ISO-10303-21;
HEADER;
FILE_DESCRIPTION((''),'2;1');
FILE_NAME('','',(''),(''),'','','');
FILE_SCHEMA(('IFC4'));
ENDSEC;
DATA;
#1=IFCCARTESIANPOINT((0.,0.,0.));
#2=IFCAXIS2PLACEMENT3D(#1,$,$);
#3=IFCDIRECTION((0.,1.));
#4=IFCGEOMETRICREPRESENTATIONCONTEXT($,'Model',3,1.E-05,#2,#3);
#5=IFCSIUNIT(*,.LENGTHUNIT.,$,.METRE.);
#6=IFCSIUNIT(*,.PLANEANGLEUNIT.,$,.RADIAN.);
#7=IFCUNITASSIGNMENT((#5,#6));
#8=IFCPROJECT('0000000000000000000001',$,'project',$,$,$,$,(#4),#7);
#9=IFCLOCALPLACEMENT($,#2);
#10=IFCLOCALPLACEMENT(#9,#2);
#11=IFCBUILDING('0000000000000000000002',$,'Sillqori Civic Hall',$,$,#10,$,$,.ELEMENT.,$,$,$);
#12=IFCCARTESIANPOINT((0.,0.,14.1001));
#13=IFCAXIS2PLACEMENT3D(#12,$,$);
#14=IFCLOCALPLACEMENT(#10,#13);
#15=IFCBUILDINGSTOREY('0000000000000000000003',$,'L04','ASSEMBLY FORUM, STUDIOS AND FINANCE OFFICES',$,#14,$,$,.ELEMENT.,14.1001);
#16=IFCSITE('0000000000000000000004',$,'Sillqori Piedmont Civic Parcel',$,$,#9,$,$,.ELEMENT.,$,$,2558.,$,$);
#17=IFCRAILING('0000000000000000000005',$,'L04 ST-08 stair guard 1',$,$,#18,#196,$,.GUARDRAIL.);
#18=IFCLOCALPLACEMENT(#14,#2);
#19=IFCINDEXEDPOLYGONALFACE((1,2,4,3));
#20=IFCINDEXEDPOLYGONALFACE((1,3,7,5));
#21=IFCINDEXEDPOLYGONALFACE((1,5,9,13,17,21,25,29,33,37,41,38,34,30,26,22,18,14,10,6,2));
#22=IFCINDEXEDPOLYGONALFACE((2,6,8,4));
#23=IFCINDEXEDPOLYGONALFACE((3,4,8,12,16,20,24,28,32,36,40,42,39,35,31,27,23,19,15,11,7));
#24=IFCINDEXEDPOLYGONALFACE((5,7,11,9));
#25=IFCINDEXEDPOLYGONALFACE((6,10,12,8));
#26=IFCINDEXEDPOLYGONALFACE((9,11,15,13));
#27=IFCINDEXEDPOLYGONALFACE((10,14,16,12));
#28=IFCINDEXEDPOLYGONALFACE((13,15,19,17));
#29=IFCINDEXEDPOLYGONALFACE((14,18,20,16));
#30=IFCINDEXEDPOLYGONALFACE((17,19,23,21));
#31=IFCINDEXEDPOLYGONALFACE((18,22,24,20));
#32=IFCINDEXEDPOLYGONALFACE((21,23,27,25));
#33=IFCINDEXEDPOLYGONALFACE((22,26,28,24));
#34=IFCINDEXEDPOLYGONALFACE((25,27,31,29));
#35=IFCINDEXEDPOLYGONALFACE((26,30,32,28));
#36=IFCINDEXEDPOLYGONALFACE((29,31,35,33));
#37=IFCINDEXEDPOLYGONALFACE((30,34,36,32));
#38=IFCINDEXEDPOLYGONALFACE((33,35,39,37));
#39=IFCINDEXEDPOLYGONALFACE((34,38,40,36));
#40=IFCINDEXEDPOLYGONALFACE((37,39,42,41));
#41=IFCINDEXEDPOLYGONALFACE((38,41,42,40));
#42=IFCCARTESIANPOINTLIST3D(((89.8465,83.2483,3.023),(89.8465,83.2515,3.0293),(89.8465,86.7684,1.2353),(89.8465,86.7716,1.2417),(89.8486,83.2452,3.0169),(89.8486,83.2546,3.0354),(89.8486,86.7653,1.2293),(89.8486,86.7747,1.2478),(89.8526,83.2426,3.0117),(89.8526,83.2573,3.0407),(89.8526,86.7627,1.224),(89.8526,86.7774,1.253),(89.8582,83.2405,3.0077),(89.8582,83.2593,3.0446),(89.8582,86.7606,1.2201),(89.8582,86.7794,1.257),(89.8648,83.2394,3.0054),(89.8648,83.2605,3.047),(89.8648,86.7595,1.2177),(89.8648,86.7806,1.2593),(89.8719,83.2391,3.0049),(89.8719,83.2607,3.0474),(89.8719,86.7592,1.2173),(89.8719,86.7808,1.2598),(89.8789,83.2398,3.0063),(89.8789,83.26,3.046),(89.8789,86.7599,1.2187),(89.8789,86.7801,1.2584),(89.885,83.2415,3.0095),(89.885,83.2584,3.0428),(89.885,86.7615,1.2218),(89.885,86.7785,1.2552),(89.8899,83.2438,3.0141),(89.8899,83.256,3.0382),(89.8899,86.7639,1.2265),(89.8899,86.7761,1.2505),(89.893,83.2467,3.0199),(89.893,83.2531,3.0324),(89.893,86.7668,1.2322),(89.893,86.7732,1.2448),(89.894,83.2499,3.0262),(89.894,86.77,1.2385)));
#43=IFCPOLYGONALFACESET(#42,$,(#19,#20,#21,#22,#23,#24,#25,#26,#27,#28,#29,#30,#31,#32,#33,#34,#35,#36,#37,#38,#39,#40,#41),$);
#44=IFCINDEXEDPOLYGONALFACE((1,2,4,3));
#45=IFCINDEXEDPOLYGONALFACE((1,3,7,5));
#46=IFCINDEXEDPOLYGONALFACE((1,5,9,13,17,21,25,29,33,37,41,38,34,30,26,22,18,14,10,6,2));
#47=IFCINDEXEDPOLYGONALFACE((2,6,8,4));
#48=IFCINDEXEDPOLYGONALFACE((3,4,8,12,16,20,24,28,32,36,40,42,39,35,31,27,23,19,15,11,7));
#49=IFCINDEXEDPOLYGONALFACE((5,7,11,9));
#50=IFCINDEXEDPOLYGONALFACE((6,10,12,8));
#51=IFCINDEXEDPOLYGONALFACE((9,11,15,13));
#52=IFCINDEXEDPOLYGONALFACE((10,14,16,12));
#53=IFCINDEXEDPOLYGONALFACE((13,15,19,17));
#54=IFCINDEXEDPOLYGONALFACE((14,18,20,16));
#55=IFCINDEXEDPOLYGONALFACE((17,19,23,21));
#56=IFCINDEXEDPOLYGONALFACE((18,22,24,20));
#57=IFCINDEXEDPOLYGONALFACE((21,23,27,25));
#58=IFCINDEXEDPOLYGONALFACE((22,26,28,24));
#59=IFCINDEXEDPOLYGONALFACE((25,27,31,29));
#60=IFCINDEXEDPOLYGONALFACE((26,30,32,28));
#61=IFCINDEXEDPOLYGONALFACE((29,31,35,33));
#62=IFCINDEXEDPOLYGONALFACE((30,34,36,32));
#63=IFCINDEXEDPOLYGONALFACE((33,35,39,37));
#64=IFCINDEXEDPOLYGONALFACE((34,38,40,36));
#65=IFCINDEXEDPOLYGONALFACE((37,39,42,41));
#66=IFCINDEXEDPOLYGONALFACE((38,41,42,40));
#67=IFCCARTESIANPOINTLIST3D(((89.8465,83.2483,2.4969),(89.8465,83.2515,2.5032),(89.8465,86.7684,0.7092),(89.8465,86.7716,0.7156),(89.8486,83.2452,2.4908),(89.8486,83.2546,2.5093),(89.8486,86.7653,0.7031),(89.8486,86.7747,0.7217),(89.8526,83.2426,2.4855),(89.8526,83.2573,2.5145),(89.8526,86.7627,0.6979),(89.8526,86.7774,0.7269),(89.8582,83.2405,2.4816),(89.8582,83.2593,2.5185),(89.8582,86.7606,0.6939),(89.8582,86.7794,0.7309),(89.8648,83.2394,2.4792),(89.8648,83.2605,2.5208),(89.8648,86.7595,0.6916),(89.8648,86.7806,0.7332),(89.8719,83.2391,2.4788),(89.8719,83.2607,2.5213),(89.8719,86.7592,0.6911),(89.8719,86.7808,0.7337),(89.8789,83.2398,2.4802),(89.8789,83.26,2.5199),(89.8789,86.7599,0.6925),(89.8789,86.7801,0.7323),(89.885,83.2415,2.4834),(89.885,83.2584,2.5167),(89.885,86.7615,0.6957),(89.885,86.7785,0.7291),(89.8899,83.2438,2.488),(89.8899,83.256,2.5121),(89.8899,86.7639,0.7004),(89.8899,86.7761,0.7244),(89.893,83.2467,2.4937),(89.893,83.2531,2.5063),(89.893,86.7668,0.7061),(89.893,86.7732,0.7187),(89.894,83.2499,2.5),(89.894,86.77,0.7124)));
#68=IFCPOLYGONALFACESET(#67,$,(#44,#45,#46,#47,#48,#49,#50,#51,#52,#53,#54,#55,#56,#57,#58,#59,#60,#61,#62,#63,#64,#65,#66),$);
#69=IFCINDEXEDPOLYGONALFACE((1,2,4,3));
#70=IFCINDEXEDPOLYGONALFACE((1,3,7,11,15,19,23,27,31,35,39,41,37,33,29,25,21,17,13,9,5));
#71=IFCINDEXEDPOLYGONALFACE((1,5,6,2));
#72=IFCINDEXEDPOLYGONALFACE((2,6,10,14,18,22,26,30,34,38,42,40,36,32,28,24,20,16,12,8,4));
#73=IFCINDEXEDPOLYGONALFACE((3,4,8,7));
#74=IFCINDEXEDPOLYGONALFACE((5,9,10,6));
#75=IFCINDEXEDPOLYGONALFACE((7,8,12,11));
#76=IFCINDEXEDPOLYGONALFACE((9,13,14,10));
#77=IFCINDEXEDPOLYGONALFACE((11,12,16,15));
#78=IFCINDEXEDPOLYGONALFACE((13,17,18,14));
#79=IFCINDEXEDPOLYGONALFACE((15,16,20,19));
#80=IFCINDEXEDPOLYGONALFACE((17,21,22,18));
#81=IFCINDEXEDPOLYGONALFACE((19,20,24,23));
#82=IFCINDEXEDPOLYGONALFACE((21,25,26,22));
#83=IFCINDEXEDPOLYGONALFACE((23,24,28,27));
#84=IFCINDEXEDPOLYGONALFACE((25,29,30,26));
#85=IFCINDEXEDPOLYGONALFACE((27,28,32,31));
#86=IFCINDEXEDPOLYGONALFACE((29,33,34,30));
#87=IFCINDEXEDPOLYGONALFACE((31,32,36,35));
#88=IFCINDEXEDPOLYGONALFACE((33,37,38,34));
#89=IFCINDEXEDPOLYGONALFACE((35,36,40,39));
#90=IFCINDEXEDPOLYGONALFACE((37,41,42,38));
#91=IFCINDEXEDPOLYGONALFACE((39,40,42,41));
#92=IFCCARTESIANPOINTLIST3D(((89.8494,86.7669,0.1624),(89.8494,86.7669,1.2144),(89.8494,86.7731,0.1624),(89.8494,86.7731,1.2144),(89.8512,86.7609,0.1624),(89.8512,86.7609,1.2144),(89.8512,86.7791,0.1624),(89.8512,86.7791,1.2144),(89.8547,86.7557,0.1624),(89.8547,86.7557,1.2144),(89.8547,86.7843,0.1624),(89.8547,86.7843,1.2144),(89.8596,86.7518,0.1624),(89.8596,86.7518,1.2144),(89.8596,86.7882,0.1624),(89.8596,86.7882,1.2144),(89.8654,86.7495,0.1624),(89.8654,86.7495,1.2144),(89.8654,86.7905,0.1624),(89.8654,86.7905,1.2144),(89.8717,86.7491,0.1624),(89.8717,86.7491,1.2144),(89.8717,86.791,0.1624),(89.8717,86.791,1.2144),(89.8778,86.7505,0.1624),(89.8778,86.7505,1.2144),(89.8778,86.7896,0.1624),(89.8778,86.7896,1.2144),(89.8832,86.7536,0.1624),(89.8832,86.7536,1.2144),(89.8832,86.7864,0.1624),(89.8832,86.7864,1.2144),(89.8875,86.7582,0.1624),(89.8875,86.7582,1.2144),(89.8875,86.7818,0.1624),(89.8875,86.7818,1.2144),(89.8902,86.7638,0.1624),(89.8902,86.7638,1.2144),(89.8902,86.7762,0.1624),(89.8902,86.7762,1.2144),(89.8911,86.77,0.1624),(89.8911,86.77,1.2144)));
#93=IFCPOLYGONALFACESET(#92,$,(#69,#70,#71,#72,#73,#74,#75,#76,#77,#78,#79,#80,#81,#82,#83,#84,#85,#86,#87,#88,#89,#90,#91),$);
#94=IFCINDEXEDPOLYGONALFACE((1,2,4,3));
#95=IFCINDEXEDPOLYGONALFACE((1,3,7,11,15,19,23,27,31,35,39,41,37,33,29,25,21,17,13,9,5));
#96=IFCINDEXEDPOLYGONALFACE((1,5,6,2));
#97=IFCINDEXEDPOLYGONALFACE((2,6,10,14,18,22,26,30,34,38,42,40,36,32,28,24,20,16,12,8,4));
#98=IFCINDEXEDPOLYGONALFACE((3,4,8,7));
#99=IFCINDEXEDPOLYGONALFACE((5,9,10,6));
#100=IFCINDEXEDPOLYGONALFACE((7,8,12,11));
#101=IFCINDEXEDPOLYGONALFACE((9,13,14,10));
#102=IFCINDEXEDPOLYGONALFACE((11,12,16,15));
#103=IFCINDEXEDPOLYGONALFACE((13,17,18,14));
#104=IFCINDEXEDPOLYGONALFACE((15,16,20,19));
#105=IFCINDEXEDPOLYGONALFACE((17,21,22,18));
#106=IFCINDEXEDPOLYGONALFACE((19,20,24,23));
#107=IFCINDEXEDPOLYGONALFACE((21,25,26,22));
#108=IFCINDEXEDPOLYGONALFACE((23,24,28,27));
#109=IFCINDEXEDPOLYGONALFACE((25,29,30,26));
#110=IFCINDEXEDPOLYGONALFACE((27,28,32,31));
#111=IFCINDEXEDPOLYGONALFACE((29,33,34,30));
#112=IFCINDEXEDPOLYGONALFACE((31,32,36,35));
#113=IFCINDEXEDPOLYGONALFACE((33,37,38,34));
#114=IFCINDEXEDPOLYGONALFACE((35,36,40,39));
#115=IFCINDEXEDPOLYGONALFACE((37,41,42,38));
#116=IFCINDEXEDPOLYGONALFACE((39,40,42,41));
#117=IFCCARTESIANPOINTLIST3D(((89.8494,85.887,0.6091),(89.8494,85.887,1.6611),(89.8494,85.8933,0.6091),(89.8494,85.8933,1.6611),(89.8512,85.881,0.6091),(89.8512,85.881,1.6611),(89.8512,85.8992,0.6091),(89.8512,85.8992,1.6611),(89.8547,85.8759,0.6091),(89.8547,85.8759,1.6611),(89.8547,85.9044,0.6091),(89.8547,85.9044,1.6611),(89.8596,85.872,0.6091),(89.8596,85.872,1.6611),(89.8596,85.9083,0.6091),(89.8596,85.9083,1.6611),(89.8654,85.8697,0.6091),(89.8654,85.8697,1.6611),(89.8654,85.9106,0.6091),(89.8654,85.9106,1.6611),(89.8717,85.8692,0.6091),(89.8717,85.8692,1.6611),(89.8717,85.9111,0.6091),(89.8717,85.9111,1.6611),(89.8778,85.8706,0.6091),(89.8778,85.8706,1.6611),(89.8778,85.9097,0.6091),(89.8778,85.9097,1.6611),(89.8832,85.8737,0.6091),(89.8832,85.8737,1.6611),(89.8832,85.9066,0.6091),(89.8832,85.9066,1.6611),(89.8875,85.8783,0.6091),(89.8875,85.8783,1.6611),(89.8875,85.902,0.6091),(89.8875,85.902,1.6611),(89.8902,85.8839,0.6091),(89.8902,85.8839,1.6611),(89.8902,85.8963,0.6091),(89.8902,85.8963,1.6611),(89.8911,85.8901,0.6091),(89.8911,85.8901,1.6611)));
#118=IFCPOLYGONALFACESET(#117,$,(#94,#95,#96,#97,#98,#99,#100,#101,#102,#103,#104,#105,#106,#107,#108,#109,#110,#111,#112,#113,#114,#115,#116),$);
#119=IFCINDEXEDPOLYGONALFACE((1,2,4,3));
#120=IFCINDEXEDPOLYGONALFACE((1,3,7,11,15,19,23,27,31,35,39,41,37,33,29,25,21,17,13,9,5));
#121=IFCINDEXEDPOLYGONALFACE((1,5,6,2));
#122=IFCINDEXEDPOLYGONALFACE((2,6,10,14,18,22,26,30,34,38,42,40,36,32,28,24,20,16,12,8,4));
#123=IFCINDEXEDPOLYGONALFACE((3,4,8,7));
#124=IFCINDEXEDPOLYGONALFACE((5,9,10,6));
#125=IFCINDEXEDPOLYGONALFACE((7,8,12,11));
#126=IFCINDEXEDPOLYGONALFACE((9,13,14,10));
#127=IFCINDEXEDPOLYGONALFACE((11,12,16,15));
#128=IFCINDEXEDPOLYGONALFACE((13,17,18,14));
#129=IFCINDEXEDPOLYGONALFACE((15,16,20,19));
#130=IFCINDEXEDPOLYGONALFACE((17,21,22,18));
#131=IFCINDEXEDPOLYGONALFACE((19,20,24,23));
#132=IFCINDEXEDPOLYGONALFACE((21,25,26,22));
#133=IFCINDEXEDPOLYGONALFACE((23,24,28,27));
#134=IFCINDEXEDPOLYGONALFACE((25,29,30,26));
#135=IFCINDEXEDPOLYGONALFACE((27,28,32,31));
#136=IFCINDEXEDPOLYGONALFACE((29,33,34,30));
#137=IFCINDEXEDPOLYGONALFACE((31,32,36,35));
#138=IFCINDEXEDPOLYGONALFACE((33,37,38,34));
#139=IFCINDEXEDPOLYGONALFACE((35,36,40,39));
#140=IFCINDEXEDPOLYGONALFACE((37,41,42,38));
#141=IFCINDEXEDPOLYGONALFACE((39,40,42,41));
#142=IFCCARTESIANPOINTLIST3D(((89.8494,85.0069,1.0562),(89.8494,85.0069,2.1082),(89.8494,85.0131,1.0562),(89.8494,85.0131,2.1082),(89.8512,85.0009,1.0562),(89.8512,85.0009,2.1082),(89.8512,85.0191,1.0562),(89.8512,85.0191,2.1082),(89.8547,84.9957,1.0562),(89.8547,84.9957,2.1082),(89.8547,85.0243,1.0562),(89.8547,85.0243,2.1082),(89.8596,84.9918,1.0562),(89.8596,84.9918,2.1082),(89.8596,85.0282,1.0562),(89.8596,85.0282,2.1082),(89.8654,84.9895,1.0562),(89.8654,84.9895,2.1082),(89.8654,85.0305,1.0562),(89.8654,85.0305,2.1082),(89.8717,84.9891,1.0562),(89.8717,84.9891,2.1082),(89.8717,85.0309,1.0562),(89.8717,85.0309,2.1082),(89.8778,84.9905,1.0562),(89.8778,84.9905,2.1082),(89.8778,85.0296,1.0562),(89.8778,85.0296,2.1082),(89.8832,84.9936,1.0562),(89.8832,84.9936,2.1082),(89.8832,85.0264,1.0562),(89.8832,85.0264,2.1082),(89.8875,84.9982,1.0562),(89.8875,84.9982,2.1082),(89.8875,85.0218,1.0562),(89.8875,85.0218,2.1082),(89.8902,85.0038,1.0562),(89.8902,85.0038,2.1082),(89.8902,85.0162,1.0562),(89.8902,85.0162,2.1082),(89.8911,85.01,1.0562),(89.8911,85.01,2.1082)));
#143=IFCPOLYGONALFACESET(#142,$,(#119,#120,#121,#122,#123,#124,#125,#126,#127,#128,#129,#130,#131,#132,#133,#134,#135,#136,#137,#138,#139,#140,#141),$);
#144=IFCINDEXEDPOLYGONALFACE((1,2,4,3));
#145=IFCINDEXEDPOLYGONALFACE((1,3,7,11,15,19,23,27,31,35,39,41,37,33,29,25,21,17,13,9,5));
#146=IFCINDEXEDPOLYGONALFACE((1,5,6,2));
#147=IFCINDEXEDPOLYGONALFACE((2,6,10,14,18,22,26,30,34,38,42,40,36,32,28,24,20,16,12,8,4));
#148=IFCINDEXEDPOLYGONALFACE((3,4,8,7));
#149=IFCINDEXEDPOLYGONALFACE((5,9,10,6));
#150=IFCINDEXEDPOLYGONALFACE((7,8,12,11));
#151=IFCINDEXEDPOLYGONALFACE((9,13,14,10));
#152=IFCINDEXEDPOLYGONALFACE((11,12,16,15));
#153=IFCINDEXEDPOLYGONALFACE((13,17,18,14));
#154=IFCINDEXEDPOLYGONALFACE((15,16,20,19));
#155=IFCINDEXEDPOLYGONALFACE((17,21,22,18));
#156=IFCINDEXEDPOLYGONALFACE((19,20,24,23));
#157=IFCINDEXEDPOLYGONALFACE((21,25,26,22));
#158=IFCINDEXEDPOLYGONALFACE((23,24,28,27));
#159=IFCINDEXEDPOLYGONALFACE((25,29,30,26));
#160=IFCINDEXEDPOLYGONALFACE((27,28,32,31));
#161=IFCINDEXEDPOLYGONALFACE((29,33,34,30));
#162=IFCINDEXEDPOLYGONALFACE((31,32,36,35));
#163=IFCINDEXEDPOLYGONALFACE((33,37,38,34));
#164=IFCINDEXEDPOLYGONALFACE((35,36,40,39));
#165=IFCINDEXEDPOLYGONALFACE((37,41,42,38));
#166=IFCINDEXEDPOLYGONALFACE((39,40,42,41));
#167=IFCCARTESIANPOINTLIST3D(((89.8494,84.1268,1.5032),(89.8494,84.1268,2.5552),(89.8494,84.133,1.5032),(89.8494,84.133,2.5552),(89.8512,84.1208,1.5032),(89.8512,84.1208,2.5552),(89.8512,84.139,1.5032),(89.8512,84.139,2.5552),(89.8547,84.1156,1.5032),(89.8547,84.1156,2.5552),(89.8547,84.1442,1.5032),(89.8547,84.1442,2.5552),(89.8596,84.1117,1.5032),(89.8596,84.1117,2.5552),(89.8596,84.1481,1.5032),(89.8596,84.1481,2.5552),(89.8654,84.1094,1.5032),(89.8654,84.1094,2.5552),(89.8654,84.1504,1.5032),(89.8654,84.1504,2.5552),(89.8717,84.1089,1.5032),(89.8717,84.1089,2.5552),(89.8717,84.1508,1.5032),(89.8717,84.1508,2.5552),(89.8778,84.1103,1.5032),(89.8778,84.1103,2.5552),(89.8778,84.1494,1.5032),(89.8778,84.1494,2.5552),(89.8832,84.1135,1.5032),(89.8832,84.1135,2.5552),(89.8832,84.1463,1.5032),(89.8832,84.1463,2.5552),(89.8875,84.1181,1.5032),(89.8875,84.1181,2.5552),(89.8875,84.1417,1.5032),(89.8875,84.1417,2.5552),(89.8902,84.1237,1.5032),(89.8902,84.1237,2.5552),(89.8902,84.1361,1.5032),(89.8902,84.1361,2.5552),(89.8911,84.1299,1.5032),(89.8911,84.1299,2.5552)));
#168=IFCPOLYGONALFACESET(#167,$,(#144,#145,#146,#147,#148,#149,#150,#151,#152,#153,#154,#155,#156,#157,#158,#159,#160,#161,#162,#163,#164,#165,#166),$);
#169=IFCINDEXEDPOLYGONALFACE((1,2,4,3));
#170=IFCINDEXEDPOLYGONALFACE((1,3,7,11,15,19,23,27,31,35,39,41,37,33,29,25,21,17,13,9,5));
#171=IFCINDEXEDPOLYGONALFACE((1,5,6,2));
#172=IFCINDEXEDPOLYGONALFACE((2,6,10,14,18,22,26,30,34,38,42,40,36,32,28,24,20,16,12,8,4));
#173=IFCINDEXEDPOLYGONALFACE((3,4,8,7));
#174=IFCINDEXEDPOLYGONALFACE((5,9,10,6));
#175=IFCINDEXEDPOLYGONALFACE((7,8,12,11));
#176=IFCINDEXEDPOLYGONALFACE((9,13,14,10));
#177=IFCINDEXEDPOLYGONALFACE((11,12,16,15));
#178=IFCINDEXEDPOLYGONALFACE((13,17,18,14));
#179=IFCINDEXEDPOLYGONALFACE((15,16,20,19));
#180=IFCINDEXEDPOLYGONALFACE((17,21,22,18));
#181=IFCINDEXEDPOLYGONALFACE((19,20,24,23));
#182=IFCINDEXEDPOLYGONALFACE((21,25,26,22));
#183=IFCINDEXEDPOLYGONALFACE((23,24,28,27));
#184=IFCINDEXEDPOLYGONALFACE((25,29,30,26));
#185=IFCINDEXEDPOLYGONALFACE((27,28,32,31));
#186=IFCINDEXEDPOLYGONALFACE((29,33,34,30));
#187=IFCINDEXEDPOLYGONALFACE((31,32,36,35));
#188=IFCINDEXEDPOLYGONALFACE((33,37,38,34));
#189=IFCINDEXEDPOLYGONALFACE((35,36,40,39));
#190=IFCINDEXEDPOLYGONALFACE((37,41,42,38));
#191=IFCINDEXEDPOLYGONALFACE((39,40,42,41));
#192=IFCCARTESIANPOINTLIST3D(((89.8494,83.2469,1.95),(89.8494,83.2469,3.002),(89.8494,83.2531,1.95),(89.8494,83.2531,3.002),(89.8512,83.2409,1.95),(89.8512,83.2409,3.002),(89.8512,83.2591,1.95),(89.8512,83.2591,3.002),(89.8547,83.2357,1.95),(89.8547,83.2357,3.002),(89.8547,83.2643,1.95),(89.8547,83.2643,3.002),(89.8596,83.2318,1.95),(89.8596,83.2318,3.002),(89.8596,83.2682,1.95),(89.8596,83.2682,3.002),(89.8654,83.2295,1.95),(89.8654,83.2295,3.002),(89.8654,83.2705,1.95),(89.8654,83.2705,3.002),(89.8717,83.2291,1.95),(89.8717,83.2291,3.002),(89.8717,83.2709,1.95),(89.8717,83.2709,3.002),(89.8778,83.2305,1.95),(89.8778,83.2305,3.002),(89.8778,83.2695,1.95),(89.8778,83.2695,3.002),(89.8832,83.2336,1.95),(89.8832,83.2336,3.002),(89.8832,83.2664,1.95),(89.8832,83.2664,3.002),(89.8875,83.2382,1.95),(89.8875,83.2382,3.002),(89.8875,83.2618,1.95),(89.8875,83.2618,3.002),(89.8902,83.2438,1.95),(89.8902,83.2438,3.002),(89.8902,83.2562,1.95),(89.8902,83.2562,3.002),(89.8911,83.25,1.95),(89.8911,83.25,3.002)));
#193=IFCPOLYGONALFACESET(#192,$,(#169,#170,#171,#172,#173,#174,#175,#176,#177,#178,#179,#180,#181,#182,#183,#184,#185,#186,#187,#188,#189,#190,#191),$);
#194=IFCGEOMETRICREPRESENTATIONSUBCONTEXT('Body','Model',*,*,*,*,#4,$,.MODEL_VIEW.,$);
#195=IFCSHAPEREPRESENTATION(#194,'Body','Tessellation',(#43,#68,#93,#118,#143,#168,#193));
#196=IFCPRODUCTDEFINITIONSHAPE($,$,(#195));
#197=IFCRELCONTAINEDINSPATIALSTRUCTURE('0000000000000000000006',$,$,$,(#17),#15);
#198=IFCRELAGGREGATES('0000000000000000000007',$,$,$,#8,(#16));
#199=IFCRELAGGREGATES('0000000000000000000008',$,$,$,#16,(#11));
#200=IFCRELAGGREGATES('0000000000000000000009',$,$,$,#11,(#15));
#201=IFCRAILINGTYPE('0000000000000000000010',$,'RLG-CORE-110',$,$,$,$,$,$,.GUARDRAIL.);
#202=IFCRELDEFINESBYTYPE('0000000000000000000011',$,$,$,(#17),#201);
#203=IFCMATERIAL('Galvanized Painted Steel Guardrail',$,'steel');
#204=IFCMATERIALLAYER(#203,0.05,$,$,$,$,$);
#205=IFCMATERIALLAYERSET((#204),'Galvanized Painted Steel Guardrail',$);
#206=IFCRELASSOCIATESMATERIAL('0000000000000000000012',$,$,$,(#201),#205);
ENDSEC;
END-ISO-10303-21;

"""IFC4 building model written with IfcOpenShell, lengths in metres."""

from ifc_helpers import new_model, si_unit, direction, frame, origin, origin_2d, place, context, subcontext, project, spatial, circle, extrude, material, layer, layer_set, type_object, element, save


model = new_model("IFC4")

# Units and contexts
model_context = context("Model", 3, precision=1e-05, world=origin(), true_north=direction((0.0, 1.0)))
body_context = subcontext(model_context, "Body", "Model", "MODEL_VIEW")
ifc_project = project(units=[si_unit("LENGTHUNIT", "METRE"), si_unit("PLANEANGLEUNIT", "RADIAN")], contexts=[model_context])

# Site, building, storey
site_placement = place(None, origin())
site = spatial("IfcSite", under=ifc_project, at=site_placement, Name="Sillqori Piedmont Civic Parcel", CompositionType="ELEMENT", RefElevation=2558.0)
building_placement = place(site_placement, origin())
building = spatial("IfcBuilding", under=site, at=building_placement, Name="Sillqori Civic Hall", CompositionType="ELEMENT")
storey_placement = place(building_placement, frame((0.0, 0.0, 14.1001)))
storey = spatial("IfcBuildingStorey", under=building, at=storey_placement, Name="L04", Description="ASSEMBLY FORUM, STUDIOS AND FINANCE OFFICES", CompositionType="ELEMENT", Elevation=14.1001)

# Railing
ifc_material_1 = material(Name="Galvanized Painted Steel Guardrail", Category="steel")
ifc_layer_1 = layer(ifc_material_1, 0.05)
ifc_layer_set_1 = layer_set([ifc_layer_1], Name="Galvanized Painted Steel Guardrail")
railing_type_1 = type_object("IfcRailingType", Name="RLG-CORE-110", PredefinedType="GUARDRAIL", material=ifc_layer_set_1)
railing_1_placement = place(storey_placement, frame((89.8701, 86.77, 0.1624)))
element("IfcRailing", 1, at=railing_1_placement, inside=storey, type_object=railing_type_1, Name="L04 ST-08 stair guard 1", PredefinedType="GUARDRAIL", context=body_context, shape_type="SweptSolid", body=[
    extrude(circle(Radius=0.0239, at=origin_2d()), frame((0.0, 0.0, 1.0762), z_axis=(0.0, -0.891615, 0.452795), x_axis=(1.0, 0.0, 0.0)), (0.0, 0.0, 1.0), 3.948),
    extrude(circle(Radius=0.0239, at=origin_2d()), frame((0.0, 0.0, 0.55), z_axis=(0.0, -0.891615, 0.452795), x_axis=(1.0, 0.0, 0.0)), (0.0, 0.0, 1.0), 3.948),
    extrude(circle(Radius=0.021, at=origin_2d()), origin(), (0.0, 0.0, 1.0), 1.052),
    extrude(circle(Radius=0.021, at=origin_2d()), frame((0.0, -0.8799, 0.4468)), (0.0, 0.0, 1.0), 1.052),
    extrude(circle(Radius=0.021, at=origin_2d()), frame((0.0, -1.76, 0.8938)), (0.0, 0.0, 1.0), 1.052),
    extrude(circle(Radius=0.021, at=origin_2d()), frame((0.0, -2.6401, 1.3408)), (0.0, 0.0, 1.0), 1.052),
    extrude(circle(Radius=0.021, at=origin_2d()), frame((0.0, -3.52, 1.7876)), (0.0, 0.0, 1.0), 1.052),
])

save(model, "model.ifc")
